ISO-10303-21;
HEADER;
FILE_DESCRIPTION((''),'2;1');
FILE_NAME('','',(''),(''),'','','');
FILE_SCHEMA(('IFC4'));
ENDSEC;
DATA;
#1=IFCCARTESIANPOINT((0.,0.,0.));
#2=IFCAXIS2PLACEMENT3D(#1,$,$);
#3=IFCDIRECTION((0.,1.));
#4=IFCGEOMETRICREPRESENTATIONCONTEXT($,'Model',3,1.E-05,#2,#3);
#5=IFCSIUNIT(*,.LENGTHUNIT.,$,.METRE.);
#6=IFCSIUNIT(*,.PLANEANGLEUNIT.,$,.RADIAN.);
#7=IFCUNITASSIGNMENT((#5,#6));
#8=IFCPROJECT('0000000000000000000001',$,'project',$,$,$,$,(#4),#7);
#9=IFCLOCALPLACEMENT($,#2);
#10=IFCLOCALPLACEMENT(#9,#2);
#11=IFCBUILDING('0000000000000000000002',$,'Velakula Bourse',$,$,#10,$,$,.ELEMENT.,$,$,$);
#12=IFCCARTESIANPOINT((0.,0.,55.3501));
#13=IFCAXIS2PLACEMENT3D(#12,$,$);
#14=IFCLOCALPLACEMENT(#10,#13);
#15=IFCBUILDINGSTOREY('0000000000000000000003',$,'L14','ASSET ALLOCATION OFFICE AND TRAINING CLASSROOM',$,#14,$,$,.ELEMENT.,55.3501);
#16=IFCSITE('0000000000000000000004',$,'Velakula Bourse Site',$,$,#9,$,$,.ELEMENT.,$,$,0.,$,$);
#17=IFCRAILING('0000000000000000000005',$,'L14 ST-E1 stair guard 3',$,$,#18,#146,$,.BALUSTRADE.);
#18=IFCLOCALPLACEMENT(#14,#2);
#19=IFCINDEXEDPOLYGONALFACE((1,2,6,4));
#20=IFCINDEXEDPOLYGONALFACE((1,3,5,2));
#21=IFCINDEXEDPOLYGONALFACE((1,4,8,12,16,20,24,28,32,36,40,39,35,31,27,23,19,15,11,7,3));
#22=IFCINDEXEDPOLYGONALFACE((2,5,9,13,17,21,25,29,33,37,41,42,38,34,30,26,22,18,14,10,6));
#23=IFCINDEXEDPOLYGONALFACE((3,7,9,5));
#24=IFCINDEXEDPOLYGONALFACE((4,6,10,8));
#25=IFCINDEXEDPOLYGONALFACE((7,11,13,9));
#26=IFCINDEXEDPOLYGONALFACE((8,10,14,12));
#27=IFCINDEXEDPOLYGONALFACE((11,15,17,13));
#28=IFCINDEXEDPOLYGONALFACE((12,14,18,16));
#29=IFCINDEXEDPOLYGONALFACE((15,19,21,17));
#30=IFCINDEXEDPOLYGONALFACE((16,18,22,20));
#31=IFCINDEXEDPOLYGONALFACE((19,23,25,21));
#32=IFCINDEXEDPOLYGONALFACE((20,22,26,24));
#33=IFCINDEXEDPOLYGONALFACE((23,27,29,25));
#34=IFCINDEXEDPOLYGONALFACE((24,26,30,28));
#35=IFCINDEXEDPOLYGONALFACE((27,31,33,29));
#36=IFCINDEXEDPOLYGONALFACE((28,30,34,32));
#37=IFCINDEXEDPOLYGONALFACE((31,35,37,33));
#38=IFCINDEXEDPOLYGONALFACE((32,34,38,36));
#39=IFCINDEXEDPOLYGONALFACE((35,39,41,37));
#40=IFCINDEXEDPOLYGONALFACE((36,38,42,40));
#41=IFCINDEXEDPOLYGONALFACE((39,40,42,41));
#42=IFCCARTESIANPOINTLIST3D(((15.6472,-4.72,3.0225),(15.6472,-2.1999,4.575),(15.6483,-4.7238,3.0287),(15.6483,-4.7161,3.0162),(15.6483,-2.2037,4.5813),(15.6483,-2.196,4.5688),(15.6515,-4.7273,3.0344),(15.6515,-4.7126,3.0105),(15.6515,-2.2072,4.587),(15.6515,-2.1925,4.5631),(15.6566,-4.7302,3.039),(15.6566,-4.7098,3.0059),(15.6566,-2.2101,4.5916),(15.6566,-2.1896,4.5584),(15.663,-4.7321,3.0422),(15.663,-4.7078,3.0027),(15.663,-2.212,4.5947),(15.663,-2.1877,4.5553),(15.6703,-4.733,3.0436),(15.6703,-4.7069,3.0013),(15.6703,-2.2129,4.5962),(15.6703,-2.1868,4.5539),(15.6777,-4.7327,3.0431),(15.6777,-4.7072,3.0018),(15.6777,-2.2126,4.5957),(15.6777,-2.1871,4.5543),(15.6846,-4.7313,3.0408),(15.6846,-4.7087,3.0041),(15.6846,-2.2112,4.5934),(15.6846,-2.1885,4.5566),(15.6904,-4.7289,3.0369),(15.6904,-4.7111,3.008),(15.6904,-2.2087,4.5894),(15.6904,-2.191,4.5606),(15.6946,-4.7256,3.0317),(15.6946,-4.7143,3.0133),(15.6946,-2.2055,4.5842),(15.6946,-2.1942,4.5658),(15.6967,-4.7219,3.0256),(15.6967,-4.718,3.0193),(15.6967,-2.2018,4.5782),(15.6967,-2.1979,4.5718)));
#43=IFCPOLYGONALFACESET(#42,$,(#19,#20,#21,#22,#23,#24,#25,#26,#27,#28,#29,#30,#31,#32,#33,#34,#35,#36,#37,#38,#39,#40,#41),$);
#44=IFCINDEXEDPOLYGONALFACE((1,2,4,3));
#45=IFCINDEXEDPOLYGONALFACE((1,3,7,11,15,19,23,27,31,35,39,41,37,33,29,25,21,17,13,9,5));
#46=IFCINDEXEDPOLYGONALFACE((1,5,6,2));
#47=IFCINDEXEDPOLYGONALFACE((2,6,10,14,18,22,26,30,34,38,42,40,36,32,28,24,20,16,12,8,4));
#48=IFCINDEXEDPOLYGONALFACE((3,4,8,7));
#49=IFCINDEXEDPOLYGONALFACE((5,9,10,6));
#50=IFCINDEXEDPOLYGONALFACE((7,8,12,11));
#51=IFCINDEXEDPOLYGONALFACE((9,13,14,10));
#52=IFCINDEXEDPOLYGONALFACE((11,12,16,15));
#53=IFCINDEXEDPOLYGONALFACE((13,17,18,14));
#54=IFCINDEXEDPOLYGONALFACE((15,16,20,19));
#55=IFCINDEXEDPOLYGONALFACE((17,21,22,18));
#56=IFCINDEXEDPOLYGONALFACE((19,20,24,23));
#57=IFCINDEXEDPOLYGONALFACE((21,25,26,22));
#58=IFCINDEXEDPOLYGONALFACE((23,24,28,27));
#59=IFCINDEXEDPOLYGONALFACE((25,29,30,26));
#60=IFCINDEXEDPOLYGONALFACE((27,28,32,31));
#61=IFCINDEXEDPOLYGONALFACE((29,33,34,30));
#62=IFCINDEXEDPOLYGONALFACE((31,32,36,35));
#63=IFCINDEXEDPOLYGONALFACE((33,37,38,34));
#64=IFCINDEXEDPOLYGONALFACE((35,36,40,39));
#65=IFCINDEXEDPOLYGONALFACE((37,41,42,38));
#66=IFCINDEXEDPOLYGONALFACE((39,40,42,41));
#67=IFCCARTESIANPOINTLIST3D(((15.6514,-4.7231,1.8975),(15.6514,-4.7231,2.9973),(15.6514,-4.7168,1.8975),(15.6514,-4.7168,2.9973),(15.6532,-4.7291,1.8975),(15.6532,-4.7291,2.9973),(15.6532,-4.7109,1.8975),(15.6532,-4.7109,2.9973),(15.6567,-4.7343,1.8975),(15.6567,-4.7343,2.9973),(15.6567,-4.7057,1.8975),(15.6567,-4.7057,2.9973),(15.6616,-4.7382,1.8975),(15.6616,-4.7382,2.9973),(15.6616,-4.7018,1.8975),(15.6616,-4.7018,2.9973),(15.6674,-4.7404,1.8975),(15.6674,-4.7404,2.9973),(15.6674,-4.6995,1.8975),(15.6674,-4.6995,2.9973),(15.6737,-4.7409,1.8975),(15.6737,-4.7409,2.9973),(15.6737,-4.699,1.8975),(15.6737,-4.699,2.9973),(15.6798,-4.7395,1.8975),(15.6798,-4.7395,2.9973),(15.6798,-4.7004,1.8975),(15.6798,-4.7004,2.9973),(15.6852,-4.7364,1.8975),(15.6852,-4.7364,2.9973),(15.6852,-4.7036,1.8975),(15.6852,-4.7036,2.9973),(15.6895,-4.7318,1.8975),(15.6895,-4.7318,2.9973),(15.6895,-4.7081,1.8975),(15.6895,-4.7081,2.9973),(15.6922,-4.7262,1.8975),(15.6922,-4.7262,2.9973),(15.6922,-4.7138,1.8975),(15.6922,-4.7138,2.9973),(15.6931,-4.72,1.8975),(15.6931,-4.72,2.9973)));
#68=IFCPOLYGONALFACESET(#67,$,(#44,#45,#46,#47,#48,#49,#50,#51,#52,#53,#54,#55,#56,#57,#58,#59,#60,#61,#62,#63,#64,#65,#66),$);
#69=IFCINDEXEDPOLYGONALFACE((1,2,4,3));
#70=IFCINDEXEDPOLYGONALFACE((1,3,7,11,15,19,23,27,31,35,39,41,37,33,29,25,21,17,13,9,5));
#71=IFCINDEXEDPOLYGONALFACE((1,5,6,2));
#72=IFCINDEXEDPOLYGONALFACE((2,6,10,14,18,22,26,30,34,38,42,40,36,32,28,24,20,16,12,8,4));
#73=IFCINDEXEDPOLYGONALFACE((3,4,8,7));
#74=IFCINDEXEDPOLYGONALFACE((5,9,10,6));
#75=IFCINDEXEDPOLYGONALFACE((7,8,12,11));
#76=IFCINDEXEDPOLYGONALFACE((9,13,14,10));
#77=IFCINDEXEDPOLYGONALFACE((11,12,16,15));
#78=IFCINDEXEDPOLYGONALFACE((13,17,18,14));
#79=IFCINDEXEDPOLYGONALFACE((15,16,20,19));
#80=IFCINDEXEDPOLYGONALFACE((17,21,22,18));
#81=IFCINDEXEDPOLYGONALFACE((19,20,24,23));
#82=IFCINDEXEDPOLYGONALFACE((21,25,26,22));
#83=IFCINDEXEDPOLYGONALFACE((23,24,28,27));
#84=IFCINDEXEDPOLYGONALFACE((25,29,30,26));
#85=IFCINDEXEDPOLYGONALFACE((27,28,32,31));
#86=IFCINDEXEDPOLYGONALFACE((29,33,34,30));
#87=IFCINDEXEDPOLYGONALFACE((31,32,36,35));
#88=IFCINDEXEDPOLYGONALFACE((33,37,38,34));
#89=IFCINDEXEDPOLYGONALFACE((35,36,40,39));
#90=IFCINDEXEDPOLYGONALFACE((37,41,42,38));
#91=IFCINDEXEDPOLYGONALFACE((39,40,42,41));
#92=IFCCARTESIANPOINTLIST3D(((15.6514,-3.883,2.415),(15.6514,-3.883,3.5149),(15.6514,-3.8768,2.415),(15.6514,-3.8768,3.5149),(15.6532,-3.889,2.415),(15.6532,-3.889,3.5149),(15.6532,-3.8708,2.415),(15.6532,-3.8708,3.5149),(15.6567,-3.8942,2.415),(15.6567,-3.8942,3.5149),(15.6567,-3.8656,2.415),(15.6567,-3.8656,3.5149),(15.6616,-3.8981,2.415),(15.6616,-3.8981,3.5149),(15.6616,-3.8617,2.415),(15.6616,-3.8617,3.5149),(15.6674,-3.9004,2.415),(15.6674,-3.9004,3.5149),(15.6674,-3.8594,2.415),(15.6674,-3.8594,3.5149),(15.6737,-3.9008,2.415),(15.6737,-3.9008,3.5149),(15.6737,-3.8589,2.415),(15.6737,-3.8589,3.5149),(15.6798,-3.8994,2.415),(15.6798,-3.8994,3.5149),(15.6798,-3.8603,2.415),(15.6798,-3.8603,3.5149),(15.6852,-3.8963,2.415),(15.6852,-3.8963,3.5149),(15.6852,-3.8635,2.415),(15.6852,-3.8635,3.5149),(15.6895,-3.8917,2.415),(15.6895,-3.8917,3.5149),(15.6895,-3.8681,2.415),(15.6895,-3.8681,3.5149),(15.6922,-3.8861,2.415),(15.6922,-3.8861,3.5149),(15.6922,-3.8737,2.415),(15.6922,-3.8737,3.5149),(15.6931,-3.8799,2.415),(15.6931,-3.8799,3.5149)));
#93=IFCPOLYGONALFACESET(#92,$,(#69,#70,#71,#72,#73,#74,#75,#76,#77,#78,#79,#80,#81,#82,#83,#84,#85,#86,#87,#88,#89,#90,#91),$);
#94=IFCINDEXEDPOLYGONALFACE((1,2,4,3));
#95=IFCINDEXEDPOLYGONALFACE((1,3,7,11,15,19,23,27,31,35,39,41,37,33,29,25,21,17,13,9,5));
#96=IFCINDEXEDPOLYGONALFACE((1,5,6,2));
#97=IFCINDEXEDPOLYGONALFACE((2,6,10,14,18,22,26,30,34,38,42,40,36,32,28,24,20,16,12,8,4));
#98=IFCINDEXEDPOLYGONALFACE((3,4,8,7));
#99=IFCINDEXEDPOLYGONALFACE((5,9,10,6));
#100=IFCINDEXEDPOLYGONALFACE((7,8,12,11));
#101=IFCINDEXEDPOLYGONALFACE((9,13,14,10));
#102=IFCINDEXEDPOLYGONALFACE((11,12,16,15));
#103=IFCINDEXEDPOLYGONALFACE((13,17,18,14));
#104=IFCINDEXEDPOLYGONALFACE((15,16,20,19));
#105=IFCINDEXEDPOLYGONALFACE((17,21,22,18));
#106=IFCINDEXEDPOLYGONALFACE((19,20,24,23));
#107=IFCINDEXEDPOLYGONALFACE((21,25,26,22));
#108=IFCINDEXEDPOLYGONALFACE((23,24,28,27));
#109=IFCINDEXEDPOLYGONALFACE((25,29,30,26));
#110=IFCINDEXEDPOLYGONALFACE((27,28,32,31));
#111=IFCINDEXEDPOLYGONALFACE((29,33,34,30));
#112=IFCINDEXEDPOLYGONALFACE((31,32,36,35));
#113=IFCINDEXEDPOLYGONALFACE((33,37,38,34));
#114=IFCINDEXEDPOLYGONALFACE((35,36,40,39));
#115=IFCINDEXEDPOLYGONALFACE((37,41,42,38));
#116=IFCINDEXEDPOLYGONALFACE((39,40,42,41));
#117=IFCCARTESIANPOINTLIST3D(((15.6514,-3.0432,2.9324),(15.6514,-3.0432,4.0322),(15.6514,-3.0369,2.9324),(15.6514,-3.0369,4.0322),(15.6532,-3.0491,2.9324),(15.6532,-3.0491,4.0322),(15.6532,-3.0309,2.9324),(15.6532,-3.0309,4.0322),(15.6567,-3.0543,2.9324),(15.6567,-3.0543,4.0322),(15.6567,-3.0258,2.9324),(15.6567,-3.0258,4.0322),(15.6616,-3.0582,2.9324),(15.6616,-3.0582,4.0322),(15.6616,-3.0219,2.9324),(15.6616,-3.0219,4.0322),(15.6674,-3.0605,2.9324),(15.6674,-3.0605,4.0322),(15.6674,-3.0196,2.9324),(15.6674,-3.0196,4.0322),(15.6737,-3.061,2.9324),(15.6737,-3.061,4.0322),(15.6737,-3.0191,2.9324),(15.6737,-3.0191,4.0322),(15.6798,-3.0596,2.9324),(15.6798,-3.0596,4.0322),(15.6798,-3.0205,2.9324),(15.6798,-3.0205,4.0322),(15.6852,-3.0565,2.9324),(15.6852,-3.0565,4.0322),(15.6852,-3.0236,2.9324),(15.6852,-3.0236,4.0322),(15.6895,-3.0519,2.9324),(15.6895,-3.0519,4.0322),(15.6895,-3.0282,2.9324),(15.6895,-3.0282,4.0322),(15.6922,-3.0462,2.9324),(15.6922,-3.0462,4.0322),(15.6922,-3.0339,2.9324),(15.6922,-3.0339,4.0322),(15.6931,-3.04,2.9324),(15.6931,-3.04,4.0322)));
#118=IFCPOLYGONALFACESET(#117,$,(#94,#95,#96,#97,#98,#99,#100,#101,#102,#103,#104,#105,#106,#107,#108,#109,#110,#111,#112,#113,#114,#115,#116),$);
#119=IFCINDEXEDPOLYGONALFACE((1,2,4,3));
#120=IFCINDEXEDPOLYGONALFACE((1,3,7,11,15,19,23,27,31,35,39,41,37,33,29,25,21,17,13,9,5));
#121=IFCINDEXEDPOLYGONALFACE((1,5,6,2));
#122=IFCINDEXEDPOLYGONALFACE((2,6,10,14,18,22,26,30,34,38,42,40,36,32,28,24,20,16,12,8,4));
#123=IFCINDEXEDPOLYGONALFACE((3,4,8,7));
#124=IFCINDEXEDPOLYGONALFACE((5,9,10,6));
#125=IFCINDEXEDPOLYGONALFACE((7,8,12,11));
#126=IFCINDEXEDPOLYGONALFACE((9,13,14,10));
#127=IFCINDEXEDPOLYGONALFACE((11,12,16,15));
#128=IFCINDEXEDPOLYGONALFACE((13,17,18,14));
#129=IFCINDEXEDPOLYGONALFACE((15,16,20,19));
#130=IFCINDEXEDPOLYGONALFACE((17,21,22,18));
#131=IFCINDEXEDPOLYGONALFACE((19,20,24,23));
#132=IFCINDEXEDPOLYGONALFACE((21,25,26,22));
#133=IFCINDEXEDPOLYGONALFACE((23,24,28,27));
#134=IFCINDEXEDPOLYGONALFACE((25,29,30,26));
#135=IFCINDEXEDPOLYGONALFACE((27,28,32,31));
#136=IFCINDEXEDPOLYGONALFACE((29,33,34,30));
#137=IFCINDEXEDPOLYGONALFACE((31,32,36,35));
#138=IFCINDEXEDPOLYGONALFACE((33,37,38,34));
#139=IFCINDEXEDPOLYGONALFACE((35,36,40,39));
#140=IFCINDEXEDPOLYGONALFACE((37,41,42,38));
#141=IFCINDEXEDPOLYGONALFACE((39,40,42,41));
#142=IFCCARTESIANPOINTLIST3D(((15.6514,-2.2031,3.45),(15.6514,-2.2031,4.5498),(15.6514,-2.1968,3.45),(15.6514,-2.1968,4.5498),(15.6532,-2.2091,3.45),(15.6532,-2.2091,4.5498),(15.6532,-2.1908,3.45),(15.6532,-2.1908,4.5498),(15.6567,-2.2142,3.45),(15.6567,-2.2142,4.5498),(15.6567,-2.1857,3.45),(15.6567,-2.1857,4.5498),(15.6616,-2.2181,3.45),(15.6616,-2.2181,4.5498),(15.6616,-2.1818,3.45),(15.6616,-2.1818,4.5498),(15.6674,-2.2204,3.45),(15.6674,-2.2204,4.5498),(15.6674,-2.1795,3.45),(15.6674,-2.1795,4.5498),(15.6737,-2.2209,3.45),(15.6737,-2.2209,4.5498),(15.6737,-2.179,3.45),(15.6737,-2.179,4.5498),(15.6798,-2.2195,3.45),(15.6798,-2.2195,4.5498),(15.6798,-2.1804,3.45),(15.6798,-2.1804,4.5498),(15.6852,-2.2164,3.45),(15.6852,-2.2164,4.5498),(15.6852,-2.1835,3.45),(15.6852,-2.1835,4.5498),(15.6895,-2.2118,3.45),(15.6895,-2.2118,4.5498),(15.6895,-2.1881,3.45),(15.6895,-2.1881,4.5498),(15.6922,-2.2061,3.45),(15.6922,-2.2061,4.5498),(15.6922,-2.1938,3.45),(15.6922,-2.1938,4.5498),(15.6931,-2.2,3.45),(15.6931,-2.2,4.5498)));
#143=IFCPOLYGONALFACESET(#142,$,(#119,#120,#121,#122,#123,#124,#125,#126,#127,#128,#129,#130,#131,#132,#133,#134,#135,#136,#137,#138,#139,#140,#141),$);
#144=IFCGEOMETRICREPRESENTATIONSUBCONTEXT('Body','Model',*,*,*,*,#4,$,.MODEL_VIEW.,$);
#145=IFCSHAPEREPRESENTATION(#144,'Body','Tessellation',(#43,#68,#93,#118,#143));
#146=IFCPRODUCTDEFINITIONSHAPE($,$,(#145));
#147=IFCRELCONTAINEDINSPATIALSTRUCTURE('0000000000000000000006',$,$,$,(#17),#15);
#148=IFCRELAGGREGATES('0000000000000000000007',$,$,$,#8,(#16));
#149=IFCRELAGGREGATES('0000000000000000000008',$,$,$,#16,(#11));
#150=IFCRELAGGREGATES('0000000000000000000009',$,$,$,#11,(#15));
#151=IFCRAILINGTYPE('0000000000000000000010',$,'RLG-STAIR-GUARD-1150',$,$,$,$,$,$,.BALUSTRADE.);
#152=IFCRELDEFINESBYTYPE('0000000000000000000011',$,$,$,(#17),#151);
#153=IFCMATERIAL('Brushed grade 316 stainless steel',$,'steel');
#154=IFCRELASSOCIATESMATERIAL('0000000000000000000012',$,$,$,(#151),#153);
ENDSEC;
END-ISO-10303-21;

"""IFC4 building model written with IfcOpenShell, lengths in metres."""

from ifc_helpers import new_model, si_unit, direction, frame, origin, origin_2d, place, context, subcontext, project, spatial, circle, extrude, material, type_object, element, save


model = new_model("IFC4")

# Units and contexts
model_context = context("Model", 3, precision=1e-05, world=origin(), true_north=direction((0.0, 1.0)))
body_context = subcontext(model_context, "Body", "Model", "MODEL_VIEW")
ifc_project = project(units=[si_unit("LENGTHUNIT", "METRE"), si_unit("PLANEANGLEUNIT", "RADIAN")], contexts=[model_context])

# Site, building, storey
site_placement = place(None, origin())
site = spatial("IfcSite", under=ifc_project, at=site_placement, Name="Velakula Bourse Site", CompositionType="ELEMENT", RefElevation=0.0)
building_placement = place(site_placement, origin())
building = spatial("IfcBuilding", under=site, at=building_placement, Name="Velakula Bourse", CompositionType="ELEMENT")
storey_placement = place(building_placement, frame((0.0, 0.0, 55.3501)))
storey = spatial("IfcBuildingStorey", under=building, at=storey_placement, Name="L14", Description="ASSET ALLOCATION OFFICE AND TRAINING CLASSROOM", CompositionType="ELEMENT", Elevation=55.3501)

# Shared definitions
ifc_material_1 = material(Name="Brushed grade 316 stainless steel", Category="steel")

# Railing
railing_type_1 = type_object("IfcRailingType", Name="RLG-STAIR-GUARD-1150", PredefinedType="BALUSTRADE", material=ifc_material_1)
railing_1_placement = place(storey_placement, frame((15.6721, -4.72, 1.8975)))
element("IfcRailing", 1, at=railing_1_placement, inside=storey, type_object=railing_type_1, Name="L14 ST-E1 stair guard 3", PredefinedType="BALUSTRADE", context=body_context, shape_type="SweptSolid", body=[
    extrude(circle(Radius=0.0249, at=origin_2d()), frame((0.0, 0.0, 1.125), z_axis=(0.0, 0.8514, 0.524516), x_axis=(-1.0, 0.0, 0.0)), (0.0, 0.0, 1.0), 2.96),
    extrude(circle(Radius=0.021, at=origin_2d()), origin(), (0.0, 0.0, 1.0), 1.0999),
    extrude(circle(Radius=0.021, at=origin_2d()), frame((0.0, 0.8401, 0.5176)), (0.0, 0.0, 1.0), 1.0999),
    extrude(circle(Radius=0.021, at=origin_2d()), frame((0.0, 1.6799, 1.0349)), (0.0, 0.0, 1.0), 1.0999),
    extrude(circle(Radius=0.021, at=origin_2d()), frame((0.0, 2.52, 1.5525)), (0.0, 0.0, 1.0), 1.0999),
])

save(model, "model.ifc")
